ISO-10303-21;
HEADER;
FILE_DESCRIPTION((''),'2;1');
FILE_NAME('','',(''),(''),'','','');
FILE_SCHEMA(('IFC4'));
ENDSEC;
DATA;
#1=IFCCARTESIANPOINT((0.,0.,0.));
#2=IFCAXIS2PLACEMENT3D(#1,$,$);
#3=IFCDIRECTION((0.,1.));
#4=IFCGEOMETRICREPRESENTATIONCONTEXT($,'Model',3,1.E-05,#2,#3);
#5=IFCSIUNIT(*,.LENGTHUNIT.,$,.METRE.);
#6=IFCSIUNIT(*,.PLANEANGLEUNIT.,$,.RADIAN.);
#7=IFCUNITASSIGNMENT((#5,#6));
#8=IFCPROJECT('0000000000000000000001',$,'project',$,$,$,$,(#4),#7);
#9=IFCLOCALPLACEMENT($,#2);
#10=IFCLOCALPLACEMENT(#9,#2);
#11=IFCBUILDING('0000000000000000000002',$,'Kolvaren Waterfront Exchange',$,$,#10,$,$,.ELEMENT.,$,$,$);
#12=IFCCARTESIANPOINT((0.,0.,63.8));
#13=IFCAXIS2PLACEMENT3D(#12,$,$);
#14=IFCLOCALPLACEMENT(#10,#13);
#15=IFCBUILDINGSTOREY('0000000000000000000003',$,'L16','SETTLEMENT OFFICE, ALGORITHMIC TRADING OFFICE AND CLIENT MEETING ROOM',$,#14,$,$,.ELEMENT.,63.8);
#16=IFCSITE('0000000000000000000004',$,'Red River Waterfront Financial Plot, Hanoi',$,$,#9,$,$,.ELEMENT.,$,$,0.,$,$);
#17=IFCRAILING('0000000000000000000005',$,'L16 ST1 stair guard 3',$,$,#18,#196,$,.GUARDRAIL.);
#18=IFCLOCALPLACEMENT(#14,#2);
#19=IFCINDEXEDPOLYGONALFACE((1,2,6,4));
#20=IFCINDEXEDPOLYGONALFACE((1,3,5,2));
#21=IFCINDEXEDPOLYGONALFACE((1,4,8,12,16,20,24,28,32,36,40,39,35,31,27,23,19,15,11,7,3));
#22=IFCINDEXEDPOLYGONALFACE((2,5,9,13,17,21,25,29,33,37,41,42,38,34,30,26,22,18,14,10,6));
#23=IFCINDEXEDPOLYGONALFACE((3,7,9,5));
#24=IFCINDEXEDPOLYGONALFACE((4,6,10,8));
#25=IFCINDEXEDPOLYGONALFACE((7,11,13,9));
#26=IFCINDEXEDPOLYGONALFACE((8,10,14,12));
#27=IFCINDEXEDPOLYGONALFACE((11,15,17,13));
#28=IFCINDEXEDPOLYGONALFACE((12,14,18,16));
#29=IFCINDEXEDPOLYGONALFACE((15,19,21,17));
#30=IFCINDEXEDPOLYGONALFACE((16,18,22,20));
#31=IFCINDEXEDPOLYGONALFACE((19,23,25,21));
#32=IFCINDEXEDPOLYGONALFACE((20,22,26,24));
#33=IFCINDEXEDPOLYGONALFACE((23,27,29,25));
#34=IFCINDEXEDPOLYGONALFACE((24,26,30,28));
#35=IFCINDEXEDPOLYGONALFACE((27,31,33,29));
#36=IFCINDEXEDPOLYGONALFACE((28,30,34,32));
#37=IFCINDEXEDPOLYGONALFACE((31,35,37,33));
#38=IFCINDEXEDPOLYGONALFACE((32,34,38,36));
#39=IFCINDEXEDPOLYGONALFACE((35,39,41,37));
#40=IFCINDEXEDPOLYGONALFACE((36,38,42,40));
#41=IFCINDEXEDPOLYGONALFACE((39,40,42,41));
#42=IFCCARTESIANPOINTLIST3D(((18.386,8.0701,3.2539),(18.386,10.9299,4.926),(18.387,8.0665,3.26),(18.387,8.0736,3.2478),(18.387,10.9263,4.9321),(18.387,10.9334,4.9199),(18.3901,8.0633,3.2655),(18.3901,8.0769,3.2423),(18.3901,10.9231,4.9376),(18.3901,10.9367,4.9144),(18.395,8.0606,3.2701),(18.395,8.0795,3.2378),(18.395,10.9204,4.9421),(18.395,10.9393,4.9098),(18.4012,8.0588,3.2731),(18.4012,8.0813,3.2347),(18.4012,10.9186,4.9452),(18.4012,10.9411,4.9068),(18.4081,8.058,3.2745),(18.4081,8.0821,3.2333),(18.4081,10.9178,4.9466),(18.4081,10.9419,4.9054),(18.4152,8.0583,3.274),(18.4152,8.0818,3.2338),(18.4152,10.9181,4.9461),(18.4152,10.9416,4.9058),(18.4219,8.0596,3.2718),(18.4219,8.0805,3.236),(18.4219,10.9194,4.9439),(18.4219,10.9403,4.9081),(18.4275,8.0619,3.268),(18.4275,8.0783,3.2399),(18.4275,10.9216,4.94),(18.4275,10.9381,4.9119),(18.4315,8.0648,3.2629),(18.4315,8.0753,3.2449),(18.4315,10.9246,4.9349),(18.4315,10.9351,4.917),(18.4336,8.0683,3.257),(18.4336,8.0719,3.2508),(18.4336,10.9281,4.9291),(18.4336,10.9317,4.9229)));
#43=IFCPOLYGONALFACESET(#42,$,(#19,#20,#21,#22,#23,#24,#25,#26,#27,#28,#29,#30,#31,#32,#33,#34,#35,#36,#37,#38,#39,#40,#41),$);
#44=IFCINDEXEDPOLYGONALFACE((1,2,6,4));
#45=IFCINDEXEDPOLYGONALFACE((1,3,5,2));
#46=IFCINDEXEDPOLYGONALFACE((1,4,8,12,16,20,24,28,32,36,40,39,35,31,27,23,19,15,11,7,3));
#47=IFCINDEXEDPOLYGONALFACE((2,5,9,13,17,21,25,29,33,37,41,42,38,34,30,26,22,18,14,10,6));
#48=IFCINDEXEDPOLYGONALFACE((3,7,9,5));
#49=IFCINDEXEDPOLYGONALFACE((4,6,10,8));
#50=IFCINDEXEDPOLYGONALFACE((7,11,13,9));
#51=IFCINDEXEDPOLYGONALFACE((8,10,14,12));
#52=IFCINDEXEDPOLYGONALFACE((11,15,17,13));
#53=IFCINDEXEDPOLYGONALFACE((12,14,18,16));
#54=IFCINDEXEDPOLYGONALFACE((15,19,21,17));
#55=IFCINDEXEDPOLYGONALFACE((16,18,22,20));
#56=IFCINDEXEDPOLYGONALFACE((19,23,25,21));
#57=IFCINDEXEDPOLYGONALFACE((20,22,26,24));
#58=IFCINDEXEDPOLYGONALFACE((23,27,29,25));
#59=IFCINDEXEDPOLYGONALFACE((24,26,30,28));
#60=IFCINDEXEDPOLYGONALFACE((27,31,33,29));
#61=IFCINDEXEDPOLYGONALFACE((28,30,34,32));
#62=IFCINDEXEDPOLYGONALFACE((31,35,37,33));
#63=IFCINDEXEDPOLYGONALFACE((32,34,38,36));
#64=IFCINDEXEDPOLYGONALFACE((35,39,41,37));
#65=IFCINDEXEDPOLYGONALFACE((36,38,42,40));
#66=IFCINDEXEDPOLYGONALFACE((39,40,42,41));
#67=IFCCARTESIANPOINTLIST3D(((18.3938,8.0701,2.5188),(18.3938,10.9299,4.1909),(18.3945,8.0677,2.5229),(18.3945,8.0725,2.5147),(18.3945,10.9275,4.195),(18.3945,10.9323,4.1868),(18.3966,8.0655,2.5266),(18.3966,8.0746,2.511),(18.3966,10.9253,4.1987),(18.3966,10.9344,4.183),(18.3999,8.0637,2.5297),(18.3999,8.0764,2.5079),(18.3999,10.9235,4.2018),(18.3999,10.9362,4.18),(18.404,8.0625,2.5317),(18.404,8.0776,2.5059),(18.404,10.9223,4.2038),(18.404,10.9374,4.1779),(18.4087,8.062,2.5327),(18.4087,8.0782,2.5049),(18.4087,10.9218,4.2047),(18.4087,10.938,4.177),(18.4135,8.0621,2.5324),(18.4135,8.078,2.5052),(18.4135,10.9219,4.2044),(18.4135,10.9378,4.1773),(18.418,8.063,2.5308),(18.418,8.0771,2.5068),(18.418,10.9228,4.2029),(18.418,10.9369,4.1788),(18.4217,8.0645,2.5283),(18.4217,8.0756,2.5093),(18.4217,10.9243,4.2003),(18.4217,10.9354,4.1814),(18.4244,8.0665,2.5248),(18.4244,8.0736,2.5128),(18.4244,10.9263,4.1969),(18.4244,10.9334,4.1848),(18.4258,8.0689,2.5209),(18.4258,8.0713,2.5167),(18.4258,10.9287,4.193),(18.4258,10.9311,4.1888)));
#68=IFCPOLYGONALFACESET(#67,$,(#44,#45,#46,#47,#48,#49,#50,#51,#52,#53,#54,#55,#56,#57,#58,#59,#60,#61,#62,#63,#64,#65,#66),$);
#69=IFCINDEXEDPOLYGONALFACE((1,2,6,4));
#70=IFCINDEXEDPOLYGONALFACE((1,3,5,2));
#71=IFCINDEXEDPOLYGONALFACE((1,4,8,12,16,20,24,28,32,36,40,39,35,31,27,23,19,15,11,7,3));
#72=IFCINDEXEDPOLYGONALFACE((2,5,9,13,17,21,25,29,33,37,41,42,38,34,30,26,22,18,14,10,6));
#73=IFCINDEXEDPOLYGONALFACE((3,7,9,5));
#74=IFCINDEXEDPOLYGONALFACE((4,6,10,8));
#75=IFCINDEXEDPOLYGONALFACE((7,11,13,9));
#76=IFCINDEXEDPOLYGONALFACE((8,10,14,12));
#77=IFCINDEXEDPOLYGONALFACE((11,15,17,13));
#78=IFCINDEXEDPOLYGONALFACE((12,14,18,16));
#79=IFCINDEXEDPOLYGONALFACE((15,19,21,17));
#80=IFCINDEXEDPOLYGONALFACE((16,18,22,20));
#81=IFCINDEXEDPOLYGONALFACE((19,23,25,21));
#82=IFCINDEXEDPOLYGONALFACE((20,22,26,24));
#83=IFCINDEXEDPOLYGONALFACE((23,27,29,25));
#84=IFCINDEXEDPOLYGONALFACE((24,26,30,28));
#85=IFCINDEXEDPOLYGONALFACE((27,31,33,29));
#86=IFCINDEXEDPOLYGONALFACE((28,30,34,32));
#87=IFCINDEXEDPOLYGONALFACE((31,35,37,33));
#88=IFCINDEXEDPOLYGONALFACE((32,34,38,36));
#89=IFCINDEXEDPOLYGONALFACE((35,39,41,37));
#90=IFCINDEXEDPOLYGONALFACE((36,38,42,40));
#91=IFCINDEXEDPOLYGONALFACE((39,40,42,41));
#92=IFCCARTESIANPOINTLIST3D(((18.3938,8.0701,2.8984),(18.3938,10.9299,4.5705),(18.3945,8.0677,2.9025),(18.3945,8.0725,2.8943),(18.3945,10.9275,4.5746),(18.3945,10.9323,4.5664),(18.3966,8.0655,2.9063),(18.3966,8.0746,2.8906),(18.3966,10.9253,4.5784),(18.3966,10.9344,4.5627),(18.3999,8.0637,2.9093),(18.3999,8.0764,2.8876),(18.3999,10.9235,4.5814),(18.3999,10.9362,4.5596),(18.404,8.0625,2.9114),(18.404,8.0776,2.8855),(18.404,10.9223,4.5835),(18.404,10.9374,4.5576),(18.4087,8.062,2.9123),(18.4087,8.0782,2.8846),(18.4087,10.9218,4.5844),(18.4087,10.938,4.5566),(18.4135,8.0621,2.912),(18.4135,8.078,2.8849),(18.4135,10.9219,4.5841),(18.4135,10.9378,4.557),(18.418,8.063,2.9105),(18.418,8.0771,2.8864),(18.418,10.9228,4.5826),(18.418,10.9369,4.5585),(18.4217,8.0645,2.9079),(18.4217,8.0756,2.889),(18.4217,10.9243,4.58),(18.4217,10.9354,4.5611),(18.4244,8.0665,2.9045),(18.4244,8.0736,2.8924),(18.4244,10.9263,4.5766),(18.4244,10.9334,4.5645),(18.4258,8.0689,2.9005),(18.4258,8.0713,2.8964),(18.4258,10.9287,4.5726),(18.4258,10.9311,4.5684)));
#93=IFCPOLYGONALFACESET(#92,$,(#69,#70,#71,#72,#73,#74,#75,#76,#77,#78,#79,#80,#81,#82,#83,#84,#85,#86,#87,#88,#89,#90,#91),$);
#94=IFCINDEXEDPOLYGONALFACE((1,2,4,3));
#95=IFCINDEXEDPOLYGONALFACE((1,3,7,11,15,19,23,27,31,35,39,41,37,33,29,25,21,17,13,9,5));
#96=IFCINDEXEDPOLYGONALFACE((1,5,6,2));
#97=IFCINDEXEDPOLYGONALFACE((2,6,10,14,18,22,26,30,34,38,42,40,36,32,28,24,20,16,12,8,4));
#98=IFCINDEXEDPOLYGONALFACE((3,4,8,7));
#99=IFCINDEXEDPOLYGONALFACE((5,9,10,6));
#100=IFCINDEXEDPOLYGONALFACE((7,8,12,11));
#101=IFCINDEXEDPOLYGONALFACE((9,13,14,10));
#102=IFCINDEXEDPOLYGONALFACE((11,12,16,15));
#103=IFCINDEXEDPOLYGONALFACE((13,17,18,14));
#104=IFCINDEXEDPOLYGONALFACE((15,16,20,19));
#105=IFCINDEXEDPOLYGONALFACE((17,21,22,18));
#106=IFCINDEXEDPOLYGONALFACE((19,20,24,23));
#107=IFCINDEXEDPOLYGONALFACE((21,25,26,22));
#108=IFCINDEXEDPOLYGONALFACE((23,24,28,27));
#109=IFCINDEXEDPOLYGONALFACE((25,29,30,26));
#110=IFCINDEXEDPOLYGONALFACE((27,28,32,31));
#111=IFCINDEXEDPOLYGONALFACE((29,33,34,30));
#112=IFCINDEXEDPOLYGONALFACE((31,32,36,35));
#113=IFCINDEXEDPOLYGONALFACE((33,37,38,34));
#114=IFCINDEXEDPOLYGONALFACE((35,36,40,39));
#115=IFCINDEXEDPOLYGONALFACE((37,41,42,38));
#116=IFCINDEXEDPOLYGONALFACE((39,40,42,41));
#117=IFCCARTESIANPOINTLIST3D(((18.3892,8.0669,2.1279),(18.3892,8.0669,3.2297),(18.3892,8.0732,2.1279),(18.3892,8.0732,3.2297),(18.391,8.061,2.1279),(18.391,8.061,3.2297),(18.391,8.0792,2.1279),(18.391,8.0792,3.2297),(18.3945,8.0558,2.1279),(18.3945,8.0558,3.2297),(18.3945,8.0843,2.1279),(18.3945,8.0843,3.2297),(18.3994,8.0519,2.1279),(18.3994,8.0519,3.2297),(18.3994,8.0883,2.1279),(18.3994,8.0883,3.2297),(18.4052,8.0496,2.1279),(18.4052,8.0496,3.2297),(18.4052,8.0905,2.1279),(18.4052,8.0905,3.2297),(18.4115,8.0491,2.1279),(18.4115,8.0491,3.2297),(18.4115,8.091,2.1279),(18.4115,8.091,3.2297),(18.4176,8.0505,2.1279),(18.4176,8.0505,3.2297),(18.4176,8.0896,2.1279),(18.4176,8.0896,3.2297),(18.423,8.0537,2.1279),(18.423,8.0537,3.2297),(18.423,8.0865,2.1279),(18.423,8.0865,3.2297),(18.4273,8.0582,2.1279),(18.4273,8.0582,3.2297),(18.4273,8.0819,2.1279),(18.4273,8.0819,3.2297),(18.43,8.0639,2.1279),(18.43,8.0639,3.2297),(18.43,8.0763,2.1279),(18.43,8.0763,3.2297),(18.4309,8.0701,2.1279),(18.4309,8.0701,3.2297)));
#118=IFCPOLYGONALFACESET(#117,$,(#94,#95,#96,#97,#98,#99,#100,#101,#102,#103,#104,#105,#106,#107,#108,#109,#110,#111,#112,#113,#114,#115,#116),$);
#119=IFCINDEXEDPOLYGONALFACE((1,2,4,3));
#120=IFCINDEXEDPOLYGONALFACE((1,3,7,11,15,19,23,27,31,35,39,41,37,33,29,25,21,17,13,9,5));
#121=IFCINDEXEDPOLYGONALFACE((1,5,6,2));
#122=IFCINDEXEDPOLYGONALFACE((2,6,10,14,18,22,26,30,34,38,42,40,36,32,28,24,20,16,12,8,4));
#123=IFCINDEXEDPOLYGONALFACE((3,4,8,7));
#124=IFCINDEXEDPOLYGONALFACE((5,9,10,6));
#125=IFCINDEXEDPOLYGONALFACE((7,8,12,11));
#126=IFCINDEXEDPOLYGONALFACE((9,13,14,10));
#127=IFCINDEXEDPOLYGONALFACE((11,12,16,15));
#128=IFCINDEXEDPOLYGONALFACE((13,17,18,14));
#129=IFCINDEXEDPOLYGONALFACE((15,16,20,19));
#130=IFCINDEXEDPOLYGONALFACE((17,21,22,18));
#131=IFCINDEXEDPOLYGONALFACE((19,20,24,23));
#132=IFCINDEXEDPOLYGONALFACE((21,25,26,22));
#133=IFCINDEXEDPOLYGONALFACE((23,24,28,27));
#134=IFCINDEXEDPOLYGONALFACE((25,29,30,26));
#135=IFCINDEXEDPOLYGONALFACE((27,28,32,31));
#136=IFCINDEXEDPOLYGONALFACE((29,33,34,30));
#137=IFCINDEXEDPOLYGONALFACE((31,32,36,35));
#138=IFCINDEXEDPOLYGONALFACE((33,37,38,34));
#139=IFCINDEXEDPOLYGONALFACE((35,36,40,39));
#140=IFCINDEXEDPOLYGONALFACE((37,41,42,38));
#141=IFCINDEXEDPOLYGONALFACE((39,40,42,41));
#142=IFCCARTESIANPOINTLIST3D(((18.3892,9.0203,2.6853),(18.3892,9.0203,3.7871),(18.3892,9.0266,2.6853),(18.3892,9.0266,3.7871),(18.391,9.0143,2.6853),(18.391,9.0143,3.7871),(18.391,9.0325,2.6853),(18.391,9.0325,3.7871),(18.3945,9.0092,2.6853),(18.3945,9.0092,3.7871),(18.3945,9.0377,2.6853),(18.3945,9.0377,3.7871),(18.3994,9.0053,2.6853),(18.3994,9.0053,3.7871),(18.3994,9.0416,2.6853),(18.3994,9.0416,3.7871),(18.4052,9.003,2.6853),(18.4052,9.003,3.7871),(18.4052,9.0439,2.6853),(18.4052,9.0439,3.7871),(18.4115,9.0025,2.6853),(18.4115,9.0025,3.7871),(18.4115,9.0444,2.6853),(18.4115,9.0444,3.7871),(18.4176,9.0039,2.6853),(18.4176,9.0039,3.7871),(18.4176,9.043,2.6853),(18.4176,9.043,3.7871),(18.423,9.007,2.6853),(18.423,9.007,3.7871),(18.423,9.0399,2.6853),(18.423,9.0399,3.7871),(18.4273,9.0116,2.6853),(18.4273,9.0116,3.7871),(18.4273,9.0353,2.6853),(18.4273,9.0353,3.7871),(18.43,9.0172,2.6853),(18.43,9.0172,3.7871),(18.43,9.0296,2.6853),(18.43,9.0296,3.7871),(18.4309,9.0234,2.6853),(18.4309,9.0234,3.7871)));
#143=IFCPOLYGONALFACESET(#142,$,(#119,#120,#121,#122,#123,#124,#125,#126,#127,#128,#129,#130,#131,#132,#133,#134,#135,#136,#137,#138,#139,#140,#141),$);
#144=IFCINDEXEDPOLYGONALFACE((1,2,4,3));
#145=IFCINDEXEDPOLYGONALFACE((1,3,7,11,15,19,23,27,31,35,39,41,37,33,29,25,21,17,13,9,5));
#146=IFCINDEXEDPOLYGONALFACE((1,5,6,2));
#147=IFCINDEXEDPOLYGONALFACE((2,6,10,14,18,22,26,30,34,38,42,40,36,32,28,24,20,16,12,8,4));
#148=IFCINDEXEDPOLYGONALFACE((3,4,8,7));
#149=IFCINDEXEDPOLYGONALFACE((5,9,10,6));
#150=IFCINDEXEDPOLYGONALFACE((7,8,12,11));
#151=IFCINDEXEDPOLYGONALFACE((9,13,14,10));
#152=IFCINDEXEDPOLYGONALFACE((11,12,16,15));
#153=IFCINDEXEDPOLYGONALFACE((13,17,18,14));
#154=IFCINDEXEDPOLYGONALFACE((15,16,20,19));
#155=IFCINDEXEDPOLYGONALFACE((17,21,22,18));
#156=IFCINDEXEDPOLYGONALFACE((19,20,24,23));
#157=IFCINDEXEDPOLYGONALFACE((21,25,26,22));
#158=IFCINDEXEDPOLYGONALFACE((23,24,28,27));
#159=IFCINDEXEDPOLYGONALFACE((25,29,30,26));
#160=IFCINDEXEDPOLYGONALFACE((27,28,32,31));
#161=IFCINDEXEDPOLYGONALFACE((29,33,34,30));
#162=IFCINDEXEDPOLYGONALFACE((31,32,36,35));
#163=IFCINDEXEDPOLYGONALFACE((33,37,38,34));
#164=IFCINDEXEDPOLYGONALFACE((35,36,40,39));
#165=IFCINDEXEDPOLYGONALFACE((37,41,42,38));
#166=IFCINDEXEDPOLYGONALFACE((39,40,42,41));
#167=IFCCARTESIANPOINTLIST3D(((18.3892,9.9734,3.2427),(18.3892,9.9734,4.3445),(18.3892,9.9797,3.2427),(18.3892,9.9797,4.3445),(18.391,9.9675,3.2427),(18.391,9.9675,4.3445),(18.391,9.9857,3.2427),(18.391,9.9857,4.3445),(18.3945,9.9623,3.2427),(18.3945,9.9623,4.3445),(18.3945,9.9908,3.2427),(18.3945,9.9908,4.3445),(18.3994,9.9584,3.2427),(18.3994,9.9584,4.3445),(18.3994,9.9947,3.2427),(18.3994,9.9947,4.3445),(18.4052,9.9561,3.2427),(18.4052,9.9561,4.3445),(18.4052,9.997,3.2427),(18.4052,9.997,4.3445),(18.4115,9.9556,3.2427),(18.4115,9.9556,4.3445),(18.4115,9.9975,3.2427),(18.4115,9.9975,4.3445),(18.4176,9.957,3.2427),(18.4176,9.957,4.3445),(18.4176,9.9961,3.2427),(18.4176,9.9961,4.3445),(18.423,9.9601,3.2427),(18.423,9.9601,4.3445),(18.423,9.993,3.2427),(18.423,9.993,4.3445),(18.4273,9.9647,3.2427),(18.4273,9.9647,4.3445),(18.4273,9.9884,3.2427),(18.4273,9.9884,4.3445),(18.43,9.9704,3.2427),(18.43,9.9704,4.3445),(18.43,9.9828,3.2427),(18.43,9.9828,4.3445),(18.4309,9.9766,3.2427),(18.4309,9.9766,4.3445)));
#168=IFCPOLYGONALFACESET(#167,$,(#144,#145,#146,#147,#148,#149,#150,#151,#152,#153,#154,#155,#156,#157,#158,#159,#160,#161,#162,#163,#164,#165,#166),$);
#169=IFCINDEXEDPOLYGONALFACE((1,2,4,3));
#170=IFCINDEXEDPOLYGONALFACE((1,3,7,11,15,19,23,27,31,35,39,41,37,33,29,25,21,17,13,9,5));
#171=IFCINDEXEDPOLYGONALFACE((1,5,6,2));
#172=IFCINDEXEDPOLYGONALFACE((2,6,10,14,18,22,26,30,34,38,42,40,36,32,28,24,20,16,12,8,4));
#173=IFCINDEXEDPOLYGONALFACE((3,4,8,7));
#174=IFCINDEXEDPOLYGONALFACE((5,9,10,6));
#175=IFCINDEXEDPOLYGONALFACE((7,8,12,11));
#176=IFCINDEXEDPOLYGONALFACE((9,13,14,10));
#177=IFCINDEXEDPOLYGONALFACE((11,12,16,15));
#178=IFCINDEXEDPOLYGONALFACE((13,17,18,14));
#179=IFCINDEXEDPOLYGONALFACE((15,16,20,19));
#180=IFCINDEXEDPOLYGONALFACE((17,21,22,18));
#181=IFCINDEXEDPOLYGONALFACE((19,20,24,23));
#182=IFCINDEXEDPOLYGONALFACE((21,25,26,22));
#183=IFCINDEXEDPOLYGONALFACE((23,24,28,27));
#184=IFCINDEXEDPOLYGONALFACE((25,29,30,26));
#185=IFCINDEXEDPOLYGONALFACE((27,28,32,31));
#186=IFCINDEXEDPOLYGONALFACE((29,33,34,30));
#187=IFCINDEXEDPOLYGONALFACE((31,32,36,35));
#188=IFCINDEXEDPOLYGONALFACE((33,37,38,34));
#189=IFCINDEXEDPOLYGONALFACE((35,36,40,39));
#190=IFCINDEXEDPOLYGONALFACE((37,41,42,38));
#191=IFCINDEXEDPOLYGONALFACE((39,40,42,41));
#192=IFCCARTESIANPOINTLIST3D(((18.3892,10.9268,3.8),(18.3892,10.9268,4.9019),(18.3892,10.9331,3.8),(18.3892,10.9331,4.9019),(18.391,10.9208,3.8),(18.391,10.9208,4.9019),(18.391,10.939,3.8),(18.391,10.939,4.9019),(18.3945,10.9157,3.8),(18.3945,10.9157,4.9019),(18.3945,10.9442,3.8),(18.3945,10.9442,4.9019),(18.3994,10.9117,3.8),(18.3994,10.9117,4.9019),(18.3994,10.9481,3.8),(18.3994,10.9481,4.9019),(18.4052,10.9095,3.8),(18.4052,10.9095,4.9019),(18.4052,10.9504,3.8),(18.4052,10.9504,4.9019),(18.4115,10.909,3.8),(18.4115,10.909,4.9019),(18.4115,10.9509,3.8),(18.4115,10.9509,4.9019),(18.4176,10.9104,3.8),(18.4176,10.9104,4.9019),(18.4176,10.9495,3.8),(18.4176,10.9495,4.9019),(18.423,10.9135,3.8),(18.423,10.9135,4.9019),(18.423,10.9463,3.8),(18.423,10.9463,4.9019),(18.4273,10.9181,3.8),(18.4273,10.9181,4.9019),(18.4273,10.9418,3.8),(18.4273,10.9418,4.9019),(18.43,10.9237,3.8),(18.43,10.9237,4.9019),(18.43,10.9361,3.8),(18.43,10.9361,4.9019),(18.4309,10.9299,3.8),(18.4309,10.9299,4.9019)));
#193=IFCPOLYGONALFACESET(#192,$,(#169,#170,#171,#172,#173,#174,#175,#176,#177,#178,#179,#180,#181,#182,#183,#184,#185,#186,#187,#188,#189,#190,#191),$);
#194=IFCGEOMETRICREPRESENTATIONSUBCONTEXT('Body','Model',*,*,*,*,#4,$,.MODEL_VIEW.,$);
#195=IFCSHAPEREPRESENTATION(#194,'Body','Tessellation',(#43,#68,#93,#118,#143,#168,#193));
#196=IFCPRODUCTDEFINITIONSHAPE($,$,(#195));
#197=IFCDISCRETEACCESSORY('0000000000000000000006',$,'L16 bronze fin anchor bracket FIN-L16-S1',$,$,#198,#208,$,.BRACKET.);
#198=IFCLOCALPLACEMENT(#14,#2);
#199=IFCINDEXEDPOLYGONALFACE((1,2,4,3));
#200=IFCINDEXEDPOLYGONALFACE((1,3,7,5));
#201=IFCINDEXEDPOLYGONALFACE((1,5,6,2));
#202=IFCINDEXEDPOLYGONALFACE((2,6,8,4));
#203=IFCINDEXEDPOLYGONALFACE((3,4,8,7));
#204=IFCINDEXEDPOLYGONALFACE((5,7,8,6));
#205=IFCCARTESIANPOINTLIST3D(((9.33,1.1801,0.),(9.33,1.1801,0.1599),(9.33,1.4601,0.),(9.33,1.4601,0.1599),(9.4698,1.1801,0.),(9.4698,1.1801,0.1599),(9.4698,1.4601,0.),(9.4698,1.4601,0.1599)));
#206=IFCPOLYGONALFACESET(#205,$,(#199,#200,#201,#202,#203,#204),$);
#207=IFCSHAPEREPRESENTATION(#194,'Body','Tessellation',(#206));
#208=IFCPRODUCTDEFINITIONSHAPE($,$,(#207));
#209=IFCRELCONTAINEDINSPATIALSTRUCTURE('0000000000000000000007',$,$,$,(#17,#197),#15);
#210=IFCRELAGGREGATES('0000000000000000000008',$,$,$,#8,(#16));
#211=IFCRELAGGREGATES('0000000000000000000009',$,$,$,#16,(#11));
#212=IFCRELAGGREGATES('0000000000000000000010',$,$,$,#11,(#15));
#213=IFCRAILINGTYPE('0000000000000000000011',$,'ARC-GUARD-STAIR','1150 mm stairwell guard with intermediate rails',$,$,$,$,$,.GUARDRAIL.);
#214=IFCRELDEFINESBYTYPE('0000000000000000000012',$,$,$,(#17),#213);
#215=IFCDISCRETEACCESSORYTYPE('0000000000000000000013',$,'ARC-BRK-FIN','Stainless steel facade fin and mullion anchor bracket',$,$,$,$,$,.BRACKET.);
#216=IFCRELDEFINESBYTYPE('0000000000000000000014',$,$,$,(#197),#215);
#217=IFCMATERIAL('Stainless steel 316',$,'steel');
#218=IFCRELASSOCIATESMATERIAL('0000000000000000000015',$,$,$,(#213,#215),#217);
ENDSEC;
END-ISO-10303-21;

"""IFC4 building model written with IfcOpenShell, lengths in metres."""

from ifc_helpers import new_model, si_unit, direction, frame, origin, origin_with_axes, origin_2d, place, context, subcontext, project, spatial, rectangle, circle, extrude, source, transform, mapped, material, type_object, element, save


model = new_model("IFC4")

# Units and contexts
model_context = context("Model", 3, precision=1e-05, world=origin(), true_north=direction((0.0, 1.0)))
body_context = subcontext(model_context, "Body", "Model", "MODEL_VIEW")
ifc_project = project(units=[si_unit("LENGTHUNIT", "METRE"), si_unit("PLANEANGLEUNIT", "RADIAN")], contexts=[model_context])

# Site, building, storey
site_placement = place(None, origin())
site = spatial("IfcSite", under=ifc_project, at=site_placement, Name="Red River Waterfront Financial Plot, Hanoi", CompositionType="ELEMENT", RefElevation=0.0)
building_placement = place(site_placement, origin())
building = spatial("IfcBuilding", under=site, at=building_placement, Name="Kolvaren Waterfront Exchange", CompositionType="ELEMENT")
storey_placement = place(building_placement, frame((0.0, 0.0, 63.8)))
storey = spatial("IfcBuildingStorey", under=building, at=storey_placement, Name="L16", Description="SETTLEMENT OFFICE, ALGORITHMIC TRADING OFFICE AND CLIENT MEETING ROOM", CompositionType="ELEMENT", Elevation=63.8)

# Railing
ifc_material_1 = material(Name="Stainless steel 316", Category="steel")
railing_type = type_object("IfcRailingType", Name="ARC-GUARD-STAIR", Description="1150 mm stairwell guard with intermediate rails", PredefinedType="GUARDRAIL", material=ifc_material_1)
railing_1_placement = place(storey_placement, frame((18.4099, 8.0701, 2.1279)))
element("IfcRailing", 1, at=railing_1_placement, inside=storey, type_object=railing_type, Name="L16 ST1 stair guard 3", PredefinedType="GUARDRAIL", context=body_context, shape_type="SweptSolid", body=[
    extrude(circle(Radius=0.0239, at=origin_2d()), frame((0.0, 0.0, 1.126), z_axis=(0.0, 0.863271, 0.504741), x_axis=(-1.0, 0.0, 0.0)), (0.0, 0.0, 1.0), 3.3127),
    extrude(circle(Radius=0.0161, at=origin_2d()), frame((0.0, 0.0, 0.3909), z_axis=(0.0, 0.863271, 0.504741), x_axis=(-1.0, 0.0, 0.0)), (0.0, 0.0, 1.0), 3.3127),
    extrude(circle(Radius=0.0161, at=origin_2d()), frame((0.0, 0.0, 0.7705), z_axis=(0.0, 0.863271, 0.504741), x_axis=(-1.0, 0.0, 0.0)), (0.0, 0.0, 1.0), 3.3127),
    extrude(circle(Radius=0.021, at=origin_2d()), origin(), (0.0, 0.0, 1.0), 1.1018),
    extrude(circle(Radius=0.021, at=origin_2d()), frame((0.0, 0.9534, 0.5574)), (0.0, 0.0, 1.0), 1.1018),
    extrude(circle(Radius=0.021, at=origin_2d()), frame((0.0, 1.9065, 1.1147)), (0.0, 0.0, 1.0), 1.1018),
    extrude(circle(Radius=0.021, at=origin_2d()), frame((0.0, 2.8599, 1.6721)), (0.0, 0.0, 1.0), 1.1018),
])

# Discrete accessory
discrete_accessory_type = type_object("IfcDiscreteAccessoryType", Name="ARC-BRK-FIN", Description="Stainless steel facade fin and mullion anchor bracket", PredefinedType="BRACKET", material=ifc_material_1)
shared_shape_1 = source(origin_with_axes(), body_context, "Body", "SweptSolid", [
    extrude(rectangle(XDim=0.28, YDim=0.1399, at=origin_2d()), origin(), (0.0, 0.0, 1.0), 0.1599),
])
for number, where, z_axis, x_axis, name in (
    (2, (9.3999, 1.3201, 0.0), (0.0, 0.0, 1.0), (0.0, -1.0, 0.0), "L16 bronze fin anchor bracket FIN-L16-S1"),
):
    element("IfcDiscreteAccessory", number, at=place(storey_placement, frame(where, z_axis=z_axis, x_axis=x_axis)), inside=storey, type_object=discrete_accessory_type, Name=name, PredefinedType="BRACKET", context=body_context, shape_type="MappedRepresentation", body=[
        mapped(shared_shape_1, transform((0.0, 0.0, 0.0), x_axis=(1.0, 0.0, 0.0), y_axis=(0.0, 1.0, 0.0), z_axis=(0.0, 0.0, 1.0), scale=1.0)),
    ])

save(model, "model.ifc")
